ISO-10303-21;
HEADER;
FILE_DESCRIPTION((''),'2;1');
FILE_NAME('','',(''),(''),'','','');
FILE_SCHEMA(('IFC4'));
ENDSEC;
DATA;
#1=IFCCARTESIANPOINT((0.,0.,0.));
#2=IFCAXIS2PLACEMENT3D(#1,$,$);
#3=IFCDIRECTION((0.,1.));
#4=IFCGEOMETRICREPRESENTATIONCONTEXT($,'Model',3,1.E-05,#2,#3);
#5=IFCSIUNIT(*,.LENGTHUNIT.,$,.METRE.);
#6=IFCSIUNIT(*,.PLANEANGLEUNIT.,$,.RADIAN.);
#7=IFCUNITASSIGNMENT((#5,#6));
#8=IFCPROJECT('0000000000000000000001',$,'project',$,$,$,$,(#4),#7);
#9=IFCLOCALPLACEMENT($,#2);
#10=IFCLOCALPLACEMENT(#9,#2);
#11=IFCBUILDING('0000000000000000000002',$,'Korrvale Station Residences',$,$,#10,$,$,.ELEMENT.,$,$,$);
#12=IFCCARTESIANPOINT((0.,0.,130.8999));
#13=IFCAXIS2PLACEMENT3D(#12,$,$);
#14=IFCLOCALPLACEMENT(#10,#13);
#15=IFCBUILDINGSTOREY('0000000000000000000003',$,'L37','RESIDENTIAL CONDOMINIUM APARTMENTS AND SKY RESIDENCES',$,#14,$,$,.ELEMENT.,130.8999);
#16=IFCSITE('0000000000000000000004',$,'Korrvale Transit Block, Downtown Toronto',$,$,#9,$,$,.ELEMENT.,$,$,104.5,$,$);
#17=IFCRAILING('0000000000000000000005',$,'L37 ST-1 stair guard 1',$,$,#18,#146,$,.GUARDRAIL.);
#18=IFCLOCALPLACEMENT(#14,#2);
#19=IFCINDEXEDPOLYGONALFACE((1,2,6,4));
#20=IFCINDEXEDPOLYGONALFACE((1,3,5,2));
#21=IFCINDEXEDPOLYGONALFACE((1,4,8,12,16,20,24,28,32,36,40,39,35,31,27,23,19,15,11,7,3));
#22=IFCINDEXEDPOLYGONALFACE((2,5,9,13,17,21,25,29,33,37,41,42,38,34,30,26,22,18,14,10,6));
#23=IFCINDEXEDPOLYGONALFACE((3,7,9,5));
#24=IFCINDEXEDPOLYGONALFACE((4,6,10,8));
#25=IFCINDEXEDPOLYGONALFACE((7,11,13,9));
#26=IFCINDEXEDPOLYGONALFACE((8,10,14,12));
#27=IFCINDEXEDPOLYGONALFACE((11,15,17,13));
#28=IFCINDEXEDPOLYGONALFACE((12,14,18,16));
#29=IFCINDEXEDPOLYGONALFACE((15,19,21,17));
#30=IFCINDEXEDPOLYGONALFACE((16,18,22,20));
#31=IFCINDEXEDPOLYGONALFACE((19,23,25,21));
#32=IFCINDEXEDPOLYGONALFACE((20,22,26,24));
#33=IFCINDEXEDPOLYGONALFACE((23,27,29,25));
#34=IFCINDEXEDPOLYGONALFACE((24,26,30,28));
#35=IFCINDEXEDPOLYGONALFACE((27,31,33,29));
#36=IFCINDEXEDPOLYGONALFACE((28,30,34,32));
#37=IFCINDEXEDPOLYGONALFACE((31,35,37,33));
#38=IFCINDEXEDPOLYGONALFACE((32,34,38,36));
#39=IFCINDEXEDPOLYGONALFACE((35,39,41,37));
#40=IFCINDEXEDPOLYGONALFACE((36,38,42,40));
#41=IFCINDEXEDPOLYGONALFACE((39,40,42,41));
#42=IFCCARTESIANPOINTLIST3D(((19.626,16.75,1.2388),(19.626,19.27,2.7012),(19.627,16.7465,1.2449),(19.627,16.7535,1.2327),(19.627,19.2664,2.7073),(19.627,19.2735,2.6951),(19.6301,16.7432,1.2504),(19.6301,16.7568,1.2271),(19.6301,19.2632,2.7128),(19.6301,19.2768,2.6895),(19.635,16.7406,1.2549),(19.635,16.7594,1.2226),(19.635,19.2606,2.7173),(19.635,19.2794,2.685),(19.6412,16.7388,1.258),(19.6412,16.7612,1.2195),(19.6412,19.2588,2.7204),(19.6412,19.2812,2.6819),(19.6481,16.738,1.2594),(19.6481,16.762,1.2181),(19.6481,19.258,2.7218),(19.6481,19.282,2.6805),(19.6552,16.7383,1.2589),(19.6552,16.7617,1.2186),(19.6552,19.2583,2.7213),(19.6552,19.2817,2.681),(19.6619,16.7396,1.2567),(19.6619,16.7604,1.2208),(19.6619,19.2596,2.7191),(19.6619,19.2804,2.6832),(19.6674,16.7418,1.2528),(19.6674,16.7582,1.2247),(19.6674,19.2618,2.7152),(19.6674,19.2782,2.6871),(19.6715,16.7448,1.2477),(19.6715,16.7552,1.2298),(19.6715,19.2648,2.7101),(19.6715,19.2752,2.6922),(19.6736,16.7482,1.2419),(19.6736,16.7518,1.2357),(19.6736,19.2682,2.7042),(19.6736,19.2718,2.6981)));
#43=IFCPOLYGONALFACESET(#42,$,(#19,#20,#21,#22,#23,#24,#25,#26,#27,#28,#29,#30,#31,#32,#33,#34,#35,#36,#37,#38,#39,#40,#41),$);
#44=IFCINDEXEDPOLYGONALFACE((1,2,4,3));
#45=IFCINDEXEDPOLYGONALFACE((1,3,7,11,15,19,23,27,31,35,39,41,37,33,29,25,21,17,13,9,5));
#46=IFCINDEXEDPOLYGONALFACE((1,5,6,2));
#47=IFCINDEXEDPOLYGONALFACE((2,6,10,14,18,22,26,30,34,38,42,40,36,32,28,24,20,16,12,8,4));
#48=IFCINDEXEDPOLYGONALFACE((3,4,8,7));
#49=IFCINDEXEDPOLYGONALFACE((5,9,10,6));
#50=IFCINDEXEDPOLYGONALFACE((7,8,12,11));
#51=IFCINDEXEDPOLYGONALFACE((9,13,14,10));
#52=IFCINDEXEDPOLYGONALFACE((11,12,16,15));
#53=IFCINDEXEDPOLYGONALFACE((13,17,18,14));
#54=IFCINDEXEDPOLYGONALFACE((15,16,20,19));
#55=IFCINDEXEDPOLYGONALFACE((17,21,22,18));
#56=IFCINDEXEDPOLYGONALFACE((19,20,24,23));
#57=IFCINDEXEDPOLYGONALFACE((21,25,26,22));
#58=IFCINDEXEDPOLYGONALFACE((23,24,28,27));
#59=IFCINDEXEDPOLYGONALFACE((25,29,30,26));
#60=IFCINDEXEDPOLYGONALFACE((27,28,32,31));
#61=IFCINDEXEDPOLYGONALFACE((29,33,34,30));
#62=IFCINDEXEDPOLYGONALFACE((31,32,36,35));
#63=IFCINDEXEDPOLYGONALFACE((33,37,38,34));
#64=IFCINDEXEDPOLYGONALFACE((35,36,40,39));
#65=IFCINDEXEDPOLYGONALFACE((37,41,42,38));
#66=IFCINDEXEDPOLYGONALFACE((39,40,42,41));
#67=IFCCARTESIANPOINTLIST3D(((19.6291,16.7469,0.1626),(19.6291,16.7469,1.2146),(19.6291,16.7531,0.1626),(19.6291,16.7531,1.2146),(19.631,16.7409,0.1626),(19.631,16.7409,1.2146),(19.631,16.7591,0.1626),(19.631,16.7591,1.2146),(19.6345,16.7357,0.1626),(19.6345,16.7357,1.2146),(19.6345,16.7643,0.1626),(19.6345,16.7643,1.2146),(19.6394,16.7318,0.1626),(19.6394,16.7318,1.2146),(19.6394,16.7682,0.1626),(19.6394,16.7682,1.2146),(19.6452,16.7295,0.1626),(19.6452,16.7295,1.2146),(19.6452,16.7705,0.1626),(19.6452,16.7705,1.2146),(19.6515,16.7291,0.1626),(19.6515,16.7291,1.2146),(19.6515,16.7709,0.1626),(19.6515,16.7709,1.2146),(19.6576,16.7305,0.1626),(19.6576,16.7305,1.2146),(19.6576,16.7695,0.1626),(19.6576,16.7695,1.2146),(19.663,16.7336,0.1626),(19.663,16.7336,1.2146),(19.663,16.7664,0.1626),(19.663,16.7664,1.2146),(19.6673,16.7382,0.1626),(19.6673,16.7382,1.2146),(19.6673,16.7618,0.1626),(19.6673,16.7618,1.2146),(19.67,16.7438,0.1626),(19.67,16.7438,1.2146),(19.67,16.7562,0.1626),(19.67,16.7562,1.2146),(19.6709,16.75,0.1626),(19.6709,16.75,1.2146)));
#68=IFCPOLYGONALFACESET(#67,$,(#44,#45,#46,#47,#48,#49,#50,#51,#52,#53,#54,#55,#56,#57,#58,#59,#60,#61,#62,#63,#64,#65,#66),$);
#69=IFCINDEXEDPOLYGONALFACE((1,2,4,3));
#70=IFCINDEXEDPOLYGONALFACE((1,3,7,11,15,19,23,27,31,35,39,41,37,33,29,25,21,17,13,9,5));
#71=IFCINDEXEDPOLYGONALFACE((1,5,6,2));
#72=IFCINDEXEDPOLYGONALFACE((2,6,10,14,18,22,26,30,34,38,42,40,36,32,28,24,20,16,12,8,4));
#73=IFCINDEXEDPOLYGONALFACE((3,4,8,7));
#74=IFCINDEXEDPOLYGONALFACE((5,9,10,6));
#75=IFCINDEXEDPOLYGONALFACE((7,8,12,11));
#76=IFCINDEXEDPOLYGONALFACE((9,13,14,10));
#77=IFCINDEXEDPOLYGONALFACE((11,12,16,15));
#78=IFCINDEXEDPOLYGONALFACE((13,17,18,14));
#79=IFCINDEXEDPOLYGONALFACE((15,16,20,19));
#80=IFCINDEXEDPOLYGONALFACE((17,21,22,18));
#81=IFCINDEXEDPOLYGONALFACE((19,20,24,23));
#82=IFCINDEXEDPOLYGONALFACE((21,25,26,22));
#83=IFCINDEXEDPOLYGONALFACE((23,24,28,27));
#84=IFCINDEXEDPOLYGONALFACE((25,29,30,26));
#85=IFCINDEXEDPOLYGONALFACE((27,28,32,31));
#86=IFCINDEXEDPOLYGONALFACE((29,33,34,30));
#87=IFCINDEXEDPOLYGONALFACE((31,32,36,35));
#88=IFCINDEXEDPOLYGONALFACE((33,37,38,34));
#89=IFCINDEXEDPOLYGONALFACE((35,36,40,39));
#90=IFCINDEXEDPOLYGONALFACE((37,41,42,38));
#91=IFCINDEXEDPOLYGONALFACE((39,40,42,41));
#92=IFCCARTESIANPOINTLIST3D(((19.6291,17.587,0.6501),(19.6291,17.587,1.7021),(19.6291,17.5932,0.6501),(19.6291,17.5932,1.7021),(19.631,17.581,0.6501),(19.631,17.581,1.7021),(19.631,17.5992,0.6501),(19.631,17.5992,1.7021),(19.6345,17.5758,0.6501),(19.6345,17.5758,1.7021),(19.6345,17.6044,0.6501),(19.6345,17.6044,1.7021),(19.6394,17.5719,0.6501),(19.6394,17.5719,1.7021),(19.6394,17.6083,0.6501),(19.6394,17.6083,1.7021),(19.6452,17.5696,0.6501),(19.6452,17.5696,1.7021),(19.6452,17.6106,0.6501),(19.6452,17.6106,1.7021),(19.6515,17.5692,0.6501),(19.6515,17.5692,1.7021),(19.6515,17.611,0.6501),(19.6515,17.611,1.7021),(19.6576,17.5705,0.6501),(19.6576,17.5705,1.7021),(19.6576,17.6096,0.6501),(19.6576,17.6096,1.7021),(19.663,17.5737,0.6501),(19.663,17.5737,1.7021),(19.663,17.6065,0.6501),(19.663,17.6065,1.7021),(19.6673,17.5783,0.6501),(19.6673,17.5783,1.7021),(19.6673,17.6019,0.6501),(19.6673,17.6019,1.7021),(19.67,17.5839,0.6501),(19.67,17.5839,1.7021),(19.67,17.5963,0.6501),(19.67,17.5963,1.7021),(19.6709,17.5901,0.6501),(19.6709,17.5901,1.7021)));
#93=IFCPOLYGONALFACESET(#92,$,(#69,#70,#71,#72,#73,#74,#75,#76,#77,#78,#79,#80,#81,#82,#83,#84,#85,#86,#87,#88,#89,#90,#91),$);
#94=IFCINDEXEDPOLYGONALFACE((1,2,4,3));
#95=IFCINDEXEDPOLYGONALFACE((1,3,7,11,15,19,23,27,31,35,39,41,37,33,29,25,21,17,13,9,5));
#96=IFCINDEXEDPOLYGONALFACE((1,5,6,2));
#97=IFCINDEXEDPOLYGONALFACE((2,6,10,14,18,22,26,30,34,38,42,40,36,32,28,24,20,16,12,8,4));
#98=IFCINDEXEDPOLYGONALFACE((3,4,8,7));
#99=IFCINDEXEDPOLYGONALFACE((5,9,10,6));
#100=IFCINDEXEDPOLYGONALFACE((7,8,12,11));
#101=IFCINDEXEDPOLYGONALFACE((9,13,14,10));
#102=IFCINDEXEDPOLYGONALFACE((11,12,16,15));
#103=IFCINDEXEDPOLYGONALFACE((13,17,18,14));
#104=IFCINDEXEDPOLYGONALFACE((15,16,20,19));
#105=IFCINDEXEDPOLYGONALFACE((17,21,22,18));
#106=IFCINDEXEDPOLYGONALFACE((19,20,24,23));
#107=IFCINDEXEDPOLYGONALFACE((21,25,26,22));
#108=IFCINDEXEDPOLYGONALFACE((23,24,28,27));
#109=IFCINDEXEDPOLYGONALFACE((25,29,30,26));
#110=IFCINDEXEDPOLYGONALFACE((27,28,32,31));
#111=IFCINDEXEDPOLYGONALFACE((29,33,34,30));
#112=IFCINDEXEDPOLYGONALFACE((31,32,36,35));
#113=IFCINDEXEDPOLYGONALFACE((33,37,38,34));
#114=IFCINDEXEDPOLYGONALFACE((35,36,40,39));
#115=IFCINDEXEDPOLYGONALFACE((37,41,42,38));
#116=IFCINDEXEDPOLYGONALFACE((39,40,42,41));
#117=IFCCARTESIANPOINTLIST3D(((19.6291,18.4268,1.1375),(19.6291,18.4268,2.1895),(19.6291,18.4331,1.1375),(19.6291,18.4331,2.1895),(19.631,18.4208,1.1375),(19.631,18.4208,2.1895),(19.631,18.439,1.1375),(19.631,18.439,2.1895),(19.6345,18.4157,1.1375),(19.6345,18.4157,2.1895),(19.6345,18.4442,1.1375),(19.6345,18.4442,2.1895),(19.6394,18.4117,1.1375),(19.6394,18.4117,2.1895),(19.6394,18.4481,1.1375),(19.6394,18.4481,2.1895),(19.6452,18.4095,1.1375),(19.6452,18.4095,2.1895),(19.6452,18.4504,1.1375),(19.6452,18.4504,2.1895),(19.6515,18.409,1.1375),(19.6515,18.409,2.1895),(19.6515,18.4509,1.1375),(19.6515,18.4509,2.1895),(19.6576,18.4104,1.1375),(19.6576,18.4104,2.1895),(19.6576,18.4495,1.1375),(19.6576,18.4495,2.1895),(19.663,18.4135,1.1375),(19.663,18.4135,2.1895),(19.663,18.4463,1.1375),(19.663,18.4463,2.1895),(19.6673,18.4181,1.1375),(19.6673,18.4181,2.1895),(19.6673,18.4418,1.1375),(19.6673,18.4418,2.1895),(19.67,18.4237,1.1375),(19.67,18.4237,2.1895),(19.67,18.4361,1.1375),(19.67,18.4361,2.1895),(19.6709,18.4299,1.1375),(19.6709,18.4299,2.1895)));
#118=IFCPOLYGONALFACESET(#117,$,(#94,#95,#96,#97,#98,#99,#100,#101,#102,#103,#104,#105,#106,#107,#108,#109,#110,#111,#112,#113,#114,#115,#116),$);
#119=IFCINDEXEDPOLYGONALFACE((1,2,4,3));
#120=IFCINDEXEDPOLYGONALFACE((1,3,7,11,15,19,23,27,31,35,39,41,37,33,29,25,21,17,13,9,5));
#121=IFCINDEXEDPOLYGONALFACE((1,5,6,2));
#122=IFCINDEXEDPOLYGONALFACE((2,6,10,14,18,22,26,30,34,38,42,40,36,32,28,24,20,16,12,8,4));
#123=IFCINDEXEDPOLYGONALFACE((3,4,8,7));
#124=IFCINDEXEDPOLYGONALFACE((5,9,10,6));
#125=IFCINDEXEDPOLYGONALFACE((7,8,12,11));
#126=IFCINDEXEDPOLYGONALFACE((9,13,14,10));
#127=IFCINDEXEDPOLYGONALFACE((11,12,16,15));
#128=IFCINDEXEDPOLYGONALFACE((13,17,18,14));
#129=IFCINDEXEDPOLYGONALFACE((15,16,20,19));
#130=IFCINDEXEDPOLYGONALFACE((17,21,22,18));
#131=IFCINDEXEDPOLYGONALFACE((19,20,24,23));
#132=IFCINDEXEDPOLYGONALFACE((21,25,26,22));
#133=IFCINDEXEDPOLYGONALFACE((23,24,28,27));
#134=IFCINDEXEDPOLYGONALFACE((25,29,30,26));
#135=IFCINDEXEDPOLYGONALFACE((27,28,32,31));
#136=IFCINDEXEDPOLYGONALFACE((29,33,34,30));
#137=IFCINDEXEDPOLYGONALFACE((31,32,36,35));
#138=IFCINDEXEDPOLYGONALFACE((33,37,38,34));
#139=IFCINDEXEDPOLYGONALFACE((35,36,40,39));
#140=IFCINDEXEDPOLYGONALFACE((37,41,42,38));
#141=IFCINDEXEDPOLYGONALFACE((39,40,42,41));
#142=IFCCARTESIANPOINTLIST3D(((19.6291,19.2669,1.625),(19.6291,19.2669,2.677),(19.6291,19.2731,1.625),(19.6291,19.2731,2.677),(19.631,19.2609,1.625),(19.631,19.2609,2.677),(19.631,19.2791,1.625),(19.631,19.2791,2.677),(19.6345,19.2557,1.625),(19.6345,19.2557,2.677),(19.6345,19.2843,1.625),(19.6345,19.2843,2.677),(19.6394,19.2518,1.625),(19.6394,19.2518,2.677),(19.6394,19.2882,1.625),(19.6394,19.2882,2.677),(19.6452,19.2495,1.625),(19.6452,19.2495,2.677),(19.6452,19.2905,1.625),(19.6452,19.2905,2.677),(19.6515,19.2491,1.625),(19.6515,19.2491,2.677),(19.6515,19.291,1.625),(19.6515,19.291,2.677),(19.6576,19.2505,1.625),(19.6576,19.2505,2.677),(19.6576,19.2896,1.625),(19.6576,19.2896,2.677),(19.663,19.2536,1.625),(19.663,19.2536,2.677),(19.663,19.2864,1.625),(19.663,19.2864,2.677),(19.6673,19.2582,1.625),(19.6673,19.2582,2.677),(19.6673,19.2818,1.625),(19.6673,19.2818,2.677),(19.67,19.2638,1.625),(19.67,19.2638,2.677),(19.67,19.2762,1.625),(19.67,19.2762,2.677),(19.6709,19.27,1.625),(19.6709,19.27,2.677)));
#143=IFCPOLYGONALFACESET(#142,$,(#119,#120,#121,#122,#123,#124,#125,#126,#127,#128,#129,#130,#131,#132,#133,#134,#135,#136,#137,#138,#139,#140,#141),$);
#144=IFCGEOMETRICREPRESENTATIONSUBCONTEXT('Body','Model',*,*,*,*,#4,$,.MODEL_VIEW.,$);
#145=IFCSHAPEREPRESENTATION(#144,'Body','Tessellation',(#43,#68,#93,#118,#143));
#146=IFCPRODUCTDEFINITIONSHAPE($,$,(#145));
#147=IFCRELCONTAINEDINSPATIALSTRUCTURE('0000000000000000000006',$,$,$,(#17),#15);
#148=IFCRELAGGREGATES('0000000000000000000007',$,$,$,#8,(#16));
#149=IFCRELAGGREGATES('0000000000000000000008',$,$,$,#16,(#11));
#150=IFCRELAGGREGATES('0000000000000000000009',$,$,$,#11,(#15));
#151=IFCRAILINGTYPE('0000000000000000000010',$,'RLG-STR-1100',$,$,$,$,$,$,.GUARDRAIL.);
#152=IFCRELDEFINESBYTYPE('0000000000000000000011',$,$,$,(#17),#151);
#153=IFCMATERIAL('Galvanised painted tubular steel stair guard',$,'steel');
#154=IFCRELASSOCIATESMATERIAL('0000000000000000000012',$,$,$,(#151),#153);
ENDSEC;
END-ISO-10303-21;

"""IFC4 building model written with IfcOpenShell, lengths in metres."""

from ifc_helpers import new_model, si_unit, direction, frame, origin, origin_2d, place, context, subcontext, project, spatial, circle, extrude, material, type_object, element, save


model = new_model("IFC4")

# Units and contexts
model_context = context("Model", 3, precision=1e-05, world=origin(), true_north=direction((0.0, 1.0)))
body_context = subcontext(model_context, "Body", "Model", "MODEL_VIEW")
ifc_project = project(units=[si_unit("LENGTHUNIT", "METRE"), si_unit("PLANEANGLEUNIT", "RADIAN")], contexts=[model_context])

# Site, building, storey
site_placement = place(None, origin())
site = spatial("IfcSite", under=ifc_project, at=site_placement, Name="Korrvale Transit Block, Downtown Toronto", CompositionType="ELEMENT", RefElevation=104.5)
building_placement = place(site_placement, origin())
building = spatial("IfcBuilding", under=site, at=building_placement, Name="Korrvale Station Residences", CompositionType="ELEMENT")
storey_placement = place(building_placement, frame((0.0, 0.0, 130.8999)))
storey = spatial("IfcBuildingStorey", under=building, at=storey_placement, Name="L37", Description="RESIDENTIAL CONDOMINIUM APARTMENTS AND SKY RESIDENCES", CompositionType="ELEMENT", Elevation=130.8999)

# Railing
ifc_material_1 = material(Name="Galvanised painted tubular steel stair guard", Category="steel")
railing_type_1 = type_object("IfcRailingType", Name="RLG-STR-1100", PredefinedType="GUARDRAIL", material=ifc_material_1)
railing_1_placement = place(storey_placement, frame((19.6499, 16.75, 0.1626)))
element("IfcRailing", 1, at=railing_1_placement, inside=storey, type_object=railing_type_1, Name="L37 ST-1 stair guard 1", PredefinedType="GUARDRAIL", context=body_context, shape_type="SweptSolid", body=[
    extrude(circle(Radius=0.0239, at=origin_2d()), frame((0.0, 0.0, 1.0762), z_axis=(0.0, 0.864913, 0.501921), x_axis=(-1.0, 0.0, 0.0)), (0.0, 0.0, 1.0), 2.9136),
    extrude(circle(Radius=0.021, at=origin_2d()), origin(), (0.0, 0.0, 1.0), 1.052),
    extrude(circle(Radius=0.021, at=origin_2d()), frame((0.0, 0.8401, 0.4875)), (0.0, 0.0, 1.0), 1.052),
    extrude(circle(Radius=0.021, at=origin_2d()), frame((0.0, 1.6799, 0.9749)), (0.0, 0.0, 1.0), 1.052),
    extrude(circle(Radius=0.021, at=origin_2d()), frame((0.0, 2.52, 1.4624)), (0.0, 0.0, 1.0), 1.052),
])

save(model, "model.ifc")
